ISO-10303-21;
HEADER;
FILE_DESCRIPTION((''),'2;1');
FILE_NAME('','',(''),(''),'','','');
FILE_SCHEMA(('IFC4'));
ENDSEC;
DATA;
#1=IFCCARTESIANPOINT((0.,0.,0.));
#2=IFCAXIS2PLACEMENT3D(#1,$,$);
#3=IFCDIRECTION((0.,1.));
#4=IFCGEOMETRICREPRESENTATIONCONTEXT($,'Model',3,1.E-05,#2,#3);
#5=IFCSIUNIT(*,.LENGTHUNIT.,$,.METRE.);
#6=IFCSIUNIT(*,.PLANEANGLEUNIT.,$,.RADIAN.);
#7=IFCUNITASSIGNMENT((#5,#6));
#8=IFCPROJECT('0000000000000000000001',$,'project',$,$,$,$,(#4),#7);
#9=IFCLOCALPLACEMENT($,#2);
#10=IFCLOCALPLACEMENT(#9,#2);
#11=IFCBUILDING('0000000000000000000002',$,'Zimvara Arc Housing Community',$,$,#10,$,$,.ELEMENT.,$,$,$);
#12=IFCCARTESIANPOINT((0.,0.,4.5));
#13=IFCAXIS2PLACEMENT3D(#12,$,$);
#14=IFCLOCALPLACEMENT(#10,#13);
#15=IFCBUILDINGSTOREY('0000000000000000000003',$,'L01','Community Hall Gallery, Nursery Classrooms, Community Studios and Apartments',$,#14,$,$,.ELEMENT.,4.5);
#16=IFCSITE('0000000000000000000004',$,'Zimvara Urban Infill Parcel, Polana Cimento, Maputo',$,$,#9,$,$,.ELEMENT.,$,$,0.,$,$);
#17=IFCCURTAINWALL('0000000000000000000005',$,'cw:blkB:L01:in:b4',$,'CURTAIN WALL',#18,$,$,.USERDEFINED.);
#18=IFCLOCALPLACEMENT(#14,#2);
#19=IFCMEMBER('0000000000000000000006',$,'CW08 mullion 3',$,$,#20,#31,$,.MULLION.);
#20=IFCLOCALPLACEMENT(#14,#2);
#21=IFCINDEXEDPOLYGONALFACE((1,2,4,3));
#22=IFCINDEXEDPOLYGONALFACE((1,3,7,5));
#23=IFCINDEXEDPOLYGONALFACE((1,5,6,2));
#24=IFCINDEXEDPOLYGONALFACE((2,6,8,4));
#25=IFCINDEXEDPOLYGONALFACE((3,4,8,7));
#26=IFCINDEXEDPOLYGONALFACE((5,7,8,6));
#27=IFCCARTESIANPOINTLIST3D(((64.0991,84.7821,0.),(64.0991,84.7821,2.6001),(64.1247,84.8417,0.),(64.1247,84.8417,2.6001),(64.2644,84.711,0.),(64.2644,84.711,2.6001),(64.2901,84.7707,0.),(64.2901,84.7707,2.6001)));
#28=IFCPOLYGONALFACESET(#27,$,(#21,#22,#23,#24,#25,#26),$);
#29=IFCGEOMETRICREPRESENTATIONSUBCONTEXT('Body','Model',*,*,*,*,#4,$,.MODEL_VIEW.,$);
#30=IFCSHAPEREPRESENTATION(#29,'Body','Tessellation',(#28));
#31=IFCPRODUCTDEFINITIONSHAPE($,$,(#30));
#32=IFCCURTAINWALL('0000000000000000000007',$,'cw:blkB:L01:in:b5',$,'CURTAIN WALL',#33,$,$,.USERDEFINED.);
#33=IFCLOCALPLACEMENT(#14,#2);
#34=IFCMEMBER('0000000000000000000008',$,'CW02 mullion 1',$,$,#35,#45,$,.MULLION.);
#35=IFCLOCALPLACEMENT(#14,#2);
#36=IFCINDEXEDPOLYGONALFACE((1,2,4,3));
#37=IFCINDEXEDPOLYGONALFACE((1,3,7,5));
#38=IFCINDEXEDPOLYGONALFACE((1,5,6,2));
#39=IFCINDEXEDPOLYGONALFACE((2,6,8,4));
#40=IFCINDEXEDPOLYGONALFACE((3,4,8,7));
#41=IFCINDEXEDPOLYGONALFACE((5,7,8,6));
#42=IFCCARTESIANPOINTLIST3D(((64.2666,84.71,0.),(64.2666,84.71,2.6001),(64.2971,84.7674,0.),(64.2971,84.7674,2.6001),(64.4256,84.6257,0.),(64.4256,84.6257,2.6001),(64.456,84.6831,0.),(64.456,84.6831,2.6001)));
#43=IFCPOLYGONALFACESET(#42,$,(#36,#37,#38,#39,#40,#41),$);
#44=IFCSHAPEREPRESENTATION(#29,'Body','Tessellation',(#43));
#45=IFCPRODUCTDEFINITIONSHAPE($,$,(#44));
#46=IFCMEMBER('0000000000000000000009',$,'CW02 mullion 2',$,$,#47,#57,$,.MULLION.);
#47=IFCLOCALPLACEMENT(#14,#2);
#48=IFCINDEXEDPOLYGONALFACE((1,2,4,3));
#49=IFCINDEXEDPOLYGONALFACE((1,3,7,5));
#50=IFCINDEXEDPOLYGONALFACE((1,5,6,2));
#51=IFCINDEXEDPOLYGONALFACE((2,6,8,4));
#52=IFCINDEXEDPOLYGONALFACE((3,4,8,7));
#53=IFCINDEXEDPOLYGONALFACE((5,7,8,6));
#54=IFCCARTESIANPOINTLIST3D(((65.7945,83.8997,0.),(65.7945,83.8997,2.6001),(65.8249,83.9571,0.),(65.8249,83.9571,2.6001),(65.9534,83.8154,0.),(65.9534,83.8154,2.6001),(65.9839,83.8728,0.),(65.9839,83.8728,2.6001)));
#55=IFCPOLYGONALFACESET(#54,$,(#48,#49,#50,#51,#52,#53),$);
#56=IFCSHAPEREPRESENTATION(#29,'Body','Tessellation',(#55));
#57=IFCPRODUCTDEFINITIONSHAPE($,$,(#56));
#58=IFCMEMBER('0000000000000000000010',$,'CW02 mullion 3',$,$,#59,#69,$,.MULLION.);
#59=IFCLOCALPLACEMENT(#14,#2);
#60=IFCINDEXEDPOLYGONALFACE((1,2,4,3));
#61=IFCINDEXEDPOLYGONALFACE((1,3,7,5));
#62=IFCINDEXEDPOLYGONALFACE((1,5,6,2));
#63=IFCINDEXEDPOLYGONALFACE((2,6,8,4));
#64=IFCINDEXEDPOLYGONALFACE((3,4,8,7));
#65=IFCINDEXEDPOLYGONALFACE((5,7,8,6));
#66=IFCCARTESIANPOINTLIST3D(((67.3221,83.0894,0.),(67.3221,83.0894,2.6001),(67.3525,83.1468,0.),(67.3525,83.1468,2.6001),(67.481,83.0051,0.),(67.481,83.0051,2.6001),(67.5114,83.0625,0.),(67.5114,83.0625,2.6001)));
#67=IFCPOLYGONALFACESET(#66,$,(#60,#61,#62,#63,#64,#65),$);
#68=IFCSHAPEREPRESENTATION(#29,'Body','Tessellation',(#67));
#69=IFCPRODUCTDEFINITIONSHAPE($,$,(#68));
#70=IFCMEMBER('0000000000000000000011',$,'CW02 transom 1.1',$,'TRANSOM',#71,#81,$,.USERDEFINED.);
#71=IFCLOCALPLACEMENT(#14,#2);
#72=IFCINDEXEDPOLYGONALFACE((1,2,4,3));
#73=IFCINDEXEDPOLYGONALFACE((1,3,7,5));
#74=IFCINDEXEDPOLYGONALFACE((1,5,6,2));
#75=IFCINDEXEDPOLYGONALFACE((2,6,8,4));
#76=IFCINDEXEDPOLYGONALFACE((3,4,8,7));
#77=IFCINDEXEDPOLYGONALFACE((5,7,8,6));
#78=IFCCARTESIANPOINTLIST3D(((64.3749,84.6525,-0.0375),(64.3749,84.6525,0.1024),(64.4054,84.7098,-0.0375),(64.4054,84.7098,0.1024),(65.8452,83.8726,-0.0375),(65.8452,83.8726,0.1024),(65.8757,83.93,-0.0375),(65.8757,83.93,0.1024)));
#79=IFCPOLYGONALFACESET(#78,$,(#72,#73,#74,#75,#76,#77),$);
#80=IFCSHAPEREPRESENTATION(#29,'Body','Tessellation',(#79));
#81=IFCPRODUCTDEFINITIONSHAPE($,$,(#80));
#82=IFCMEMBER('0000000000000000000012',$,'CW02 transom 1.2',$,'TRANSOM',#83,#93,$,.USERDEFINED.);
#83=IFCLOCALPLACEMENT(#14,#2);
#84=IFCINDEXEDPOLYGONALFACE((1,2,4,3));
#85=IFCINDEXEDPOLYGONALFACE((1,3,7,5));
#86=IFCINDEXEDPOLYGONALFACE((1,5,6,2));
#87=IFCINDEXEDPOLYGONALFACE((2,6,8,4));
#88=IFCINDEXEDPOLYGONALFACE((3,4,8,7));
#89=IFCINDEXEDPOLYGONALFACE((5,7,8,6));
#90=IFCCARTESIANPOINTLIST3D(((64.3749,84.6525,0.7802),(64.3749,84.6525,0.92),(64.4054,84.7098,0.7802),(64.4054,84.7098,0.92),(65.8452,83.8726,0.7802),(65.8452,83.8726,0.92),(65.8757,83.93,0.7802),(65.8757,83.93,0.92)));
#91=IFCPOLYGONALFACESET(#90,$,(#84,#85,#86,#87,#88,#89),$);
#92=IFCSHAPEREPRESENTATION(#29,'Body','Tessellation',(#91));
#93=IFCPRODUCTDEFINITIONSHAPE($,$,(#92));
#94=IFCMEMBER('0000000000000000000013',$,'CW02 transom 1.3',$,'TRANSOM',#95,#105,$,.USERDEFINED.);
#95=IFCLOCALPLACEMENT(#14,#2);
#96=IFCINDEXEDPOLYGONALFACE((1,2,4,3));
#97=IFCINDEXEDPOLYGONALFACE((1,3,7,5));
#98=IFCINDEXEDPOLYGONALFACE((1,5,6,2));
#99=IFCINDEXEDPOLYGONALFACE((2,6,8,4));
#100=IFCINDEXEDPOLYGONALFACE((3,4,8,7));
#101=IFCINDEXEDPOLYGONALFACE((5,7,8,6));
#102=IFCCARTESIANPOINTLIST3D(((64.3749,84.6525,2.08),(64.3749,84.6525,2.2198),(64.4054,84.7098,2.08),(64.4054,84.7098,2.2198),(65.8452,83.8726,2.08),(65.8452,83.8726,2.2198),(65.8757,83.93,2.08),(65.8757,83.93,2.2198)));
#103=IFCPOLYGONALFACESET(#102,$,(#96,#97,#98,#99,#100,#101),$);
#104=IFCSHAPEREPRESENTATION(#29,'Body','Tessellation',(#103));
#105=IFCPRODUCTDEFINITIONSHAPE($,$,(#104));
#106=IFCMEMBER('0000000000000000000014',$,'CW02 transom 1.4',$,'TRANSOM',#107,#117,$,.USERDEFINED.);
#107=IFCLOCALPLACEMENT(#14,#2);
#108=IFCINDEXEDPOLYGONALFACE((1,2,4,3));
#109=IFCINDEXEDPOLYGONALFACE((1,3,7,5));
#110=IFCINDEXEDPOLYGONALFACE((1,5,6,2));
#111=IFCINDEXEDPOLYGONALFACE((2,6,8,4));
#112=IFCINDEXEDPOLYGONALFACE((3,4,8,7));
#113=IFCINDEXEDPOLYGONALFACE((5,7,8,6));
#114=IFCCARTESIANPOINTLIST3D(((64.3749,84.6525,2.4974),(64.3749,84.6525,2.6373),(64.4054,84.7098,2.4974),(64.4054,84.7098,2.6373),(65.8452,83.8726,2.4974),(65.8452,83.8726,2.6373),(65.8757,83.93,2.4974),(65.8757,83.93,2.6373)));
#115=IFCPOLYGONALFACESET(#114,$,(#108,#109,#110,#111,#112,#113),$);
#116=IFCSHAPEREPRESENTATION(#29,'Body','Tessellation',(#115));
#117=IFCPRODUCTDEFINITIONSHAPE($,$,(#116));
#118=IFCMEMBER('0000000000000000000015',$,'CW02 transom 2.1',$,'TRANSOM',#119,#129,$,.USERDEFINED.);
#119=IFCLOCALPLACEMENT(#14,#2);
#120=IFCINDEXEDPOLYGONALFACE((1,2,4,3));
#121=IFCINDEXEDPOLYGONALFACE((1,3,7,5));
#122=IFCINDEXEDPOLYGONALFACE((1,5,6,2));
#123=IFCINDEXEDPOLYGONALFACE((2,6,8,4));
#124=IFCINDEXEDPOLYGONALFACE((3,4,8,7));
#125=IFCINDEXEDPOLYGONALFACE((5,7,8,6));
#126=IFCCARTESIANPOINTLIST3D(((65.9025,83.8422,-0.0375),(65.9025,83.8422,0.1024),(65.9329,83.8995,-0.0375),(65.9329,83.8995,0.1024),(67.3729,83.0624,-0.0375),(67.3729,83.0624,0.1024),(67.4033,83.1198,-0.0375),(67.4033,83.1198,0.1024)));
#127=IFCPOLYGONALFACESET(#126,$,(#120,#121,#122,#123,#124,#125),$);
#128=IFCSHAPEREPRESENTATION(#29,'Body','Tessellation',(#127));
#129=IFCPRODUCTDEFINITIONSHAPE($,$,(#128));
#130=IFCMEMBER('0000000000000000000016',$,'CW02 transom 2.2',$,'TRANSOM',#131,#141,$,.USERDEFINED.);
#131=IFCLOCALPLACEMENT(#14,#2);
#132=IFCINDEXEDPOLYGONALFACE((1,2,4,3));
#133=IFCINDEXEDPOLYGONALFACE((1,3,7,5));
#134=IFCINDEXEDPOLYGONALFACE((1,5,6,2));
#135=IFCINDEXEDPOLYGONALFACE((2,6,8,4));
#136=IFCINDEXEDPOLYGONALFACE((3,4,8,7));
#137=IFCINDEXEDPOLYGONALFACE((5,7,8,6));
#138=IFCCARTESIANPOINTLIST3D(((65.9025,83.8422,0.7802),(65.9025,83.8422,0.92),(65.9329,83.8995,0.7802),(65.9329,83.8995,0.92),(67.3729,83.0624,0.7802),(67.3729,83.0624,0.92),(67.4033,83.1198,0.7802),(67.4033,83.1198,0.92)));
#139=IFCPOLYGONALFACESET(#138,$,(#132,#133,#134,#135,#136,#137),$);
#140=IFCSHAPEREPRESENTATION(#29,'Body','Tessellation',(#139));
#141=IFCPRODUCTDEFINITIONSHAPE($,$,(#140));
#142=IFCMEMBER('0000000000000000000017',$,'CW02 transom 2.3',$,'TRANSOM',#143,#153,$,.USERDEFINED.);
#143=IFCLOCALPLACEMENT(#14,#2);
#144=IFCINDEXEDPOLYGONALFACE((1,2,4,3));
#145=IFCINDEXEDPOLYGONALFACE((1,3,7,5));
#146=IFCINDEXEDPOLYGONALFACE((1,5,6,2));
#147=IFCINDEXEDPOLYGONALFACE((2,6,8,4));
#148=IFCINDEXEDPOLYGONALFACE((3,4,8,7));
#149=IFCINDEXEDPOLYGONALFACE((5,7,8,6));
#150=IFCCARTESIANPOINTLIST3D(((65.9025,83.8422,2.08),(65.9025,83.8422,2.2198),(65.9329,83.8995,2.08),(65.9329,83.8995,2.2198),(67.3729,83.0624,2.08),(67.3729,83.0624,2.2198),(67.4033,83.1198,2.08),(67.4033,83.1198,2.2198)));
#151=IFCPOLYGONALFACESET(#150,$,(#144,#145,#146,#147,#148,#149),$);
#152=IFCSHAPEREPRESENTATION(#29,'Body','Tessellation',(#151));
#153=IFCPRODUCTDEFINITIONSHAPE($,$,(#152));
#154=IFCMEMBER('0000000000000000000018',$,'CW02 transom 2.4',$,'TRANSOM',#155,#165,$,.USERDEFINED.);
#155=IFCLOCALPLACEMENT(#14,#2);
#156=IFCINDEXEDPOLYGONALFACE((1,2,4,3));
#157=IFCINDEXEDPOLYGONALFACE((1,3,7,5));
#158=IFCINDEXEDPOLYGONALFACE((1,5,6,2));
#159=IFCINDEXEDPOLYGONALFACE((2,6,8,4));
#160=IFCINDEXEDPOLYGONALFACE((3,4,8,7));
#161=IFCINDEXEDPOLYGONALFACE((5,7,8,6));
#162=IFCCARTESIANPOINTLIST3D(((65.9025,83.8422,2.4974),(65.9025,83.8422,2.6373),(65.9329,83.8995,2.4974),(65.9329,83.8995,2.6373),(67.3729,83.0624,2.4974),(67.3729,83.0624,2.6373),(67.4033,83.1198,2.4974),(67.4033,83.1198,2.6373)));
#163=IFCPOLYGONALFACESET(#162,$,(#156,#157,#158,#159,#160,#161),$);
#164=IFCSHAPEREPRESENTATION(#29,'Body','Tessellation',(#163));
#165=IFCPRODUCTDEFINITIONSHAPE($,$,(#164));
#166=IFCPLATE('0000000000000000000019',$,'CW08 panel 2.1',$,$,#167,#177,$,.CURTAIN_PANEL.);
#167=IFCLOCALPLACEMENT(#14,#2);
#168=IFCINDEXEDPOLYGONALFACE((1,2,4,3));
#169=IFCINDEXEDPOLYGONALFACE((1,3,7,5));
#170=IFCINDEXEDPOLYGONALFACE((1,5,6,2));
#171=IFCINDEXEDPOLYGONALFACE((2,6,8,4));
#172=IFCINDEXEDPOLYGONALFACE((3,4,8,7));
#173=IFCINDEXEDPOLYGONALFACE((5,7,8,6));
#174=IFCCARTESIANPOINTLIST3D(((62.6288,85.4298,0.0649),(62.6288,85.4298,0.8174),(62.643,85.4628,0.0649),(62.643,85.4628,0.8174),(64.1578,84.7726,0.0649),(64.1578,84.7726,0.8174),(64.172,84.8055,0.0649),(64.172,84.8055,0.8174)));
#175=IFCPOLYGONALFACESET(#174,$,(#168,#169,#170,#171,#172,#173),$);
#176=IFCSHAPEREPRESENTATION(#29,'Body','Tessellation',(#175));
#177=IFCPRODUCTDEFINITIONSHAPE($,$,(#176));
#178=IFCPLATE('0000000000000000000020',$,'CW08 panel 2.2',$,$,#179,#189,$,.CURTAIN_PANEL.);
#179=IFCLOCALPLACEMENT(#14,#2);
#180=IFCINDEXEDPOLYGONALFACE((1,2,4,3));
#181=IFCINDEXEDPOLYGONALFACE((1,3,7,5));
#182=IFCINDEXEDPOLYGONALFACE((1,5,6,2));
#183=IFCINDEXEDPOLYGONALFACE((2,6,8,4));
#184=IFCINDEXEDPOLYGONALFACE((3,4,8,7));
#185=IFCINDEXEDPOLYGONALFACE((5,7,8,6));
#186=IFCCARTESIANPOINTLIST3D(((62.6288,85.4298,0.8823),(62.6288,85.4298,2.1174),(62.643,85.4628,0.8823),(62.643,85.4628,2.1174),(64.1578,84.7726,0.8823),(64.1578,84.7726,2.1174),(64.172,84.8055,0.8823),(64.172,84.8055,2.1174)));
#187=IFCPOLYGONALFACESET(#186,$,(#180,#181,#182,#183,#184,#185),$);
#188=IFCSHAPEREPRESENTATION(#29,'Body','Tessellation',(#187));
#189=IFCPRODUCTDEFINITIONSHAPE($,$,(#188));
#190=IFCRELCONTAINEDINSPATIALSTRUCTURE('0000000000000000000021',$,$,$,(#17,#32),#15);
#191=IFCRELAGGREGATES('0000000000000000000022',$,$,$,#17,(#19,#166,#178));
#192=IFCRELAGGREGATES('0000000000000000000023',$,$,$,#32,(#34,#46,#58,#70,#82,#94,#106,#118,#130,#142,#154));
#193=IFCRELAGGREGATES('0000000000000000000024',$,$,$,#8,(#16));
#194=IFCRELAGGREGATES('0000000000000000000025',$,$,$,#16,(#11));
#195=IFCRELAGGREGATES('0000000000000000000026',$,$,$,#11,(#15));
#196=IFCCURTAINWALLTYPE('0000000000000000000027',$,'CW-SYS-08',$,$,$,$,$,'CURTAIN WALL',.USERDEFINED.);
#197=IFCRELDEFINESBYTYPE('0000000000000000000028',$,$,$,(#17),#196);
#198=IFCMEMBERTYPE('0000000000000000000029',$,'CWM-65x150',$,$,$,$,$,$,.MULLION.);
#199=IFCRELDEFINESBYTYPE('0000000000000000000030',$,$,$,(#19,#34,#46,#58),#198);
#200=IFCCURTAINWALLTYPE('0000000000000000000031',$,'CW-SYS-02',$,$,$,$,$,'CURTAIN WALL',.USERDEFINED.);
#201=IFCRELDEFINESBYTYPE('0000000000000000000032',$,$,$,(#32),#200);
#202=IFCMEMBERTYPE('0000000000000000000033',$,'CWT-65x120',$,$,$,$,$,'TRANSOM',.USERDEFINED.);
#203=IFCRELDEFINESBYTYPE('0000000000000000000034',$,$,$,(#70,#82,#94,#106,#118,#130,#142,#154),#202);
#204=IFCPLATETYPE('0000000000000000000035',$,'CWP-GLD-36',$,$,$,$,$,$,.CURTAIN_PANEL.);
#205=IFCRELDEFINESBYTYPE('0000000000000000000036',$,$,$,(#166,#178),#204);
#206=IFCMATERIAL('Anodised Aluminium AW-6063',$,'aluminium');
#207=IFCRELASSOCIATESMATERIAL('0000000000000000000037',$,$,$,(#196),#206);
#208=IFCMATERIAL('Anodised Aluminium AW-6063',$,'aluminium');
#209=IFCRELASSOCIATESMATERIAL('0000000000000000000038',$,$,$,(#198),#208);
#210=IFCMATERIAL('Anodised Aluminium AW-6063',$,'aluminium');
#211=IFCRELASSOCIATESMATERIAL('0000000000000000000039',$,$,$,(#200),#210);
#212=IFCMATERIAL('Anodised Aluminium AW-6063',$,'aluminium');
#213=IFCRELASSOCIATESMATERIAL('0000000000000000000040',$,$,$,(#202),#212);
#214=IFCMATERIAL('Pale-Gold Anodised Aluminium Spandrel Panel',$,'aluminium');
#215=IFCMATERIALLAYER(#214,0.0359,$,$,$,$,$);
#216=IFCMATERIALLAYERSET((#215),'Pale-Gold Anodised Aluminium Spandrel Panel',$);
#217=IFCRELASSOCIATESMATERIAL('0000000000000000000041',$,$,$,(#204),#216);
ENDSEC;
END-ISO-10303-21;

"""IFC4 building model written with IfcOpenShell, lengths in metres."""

from ifc_helpers import new_model, si_unit, direction, frame, origin, origin_2d, place, context, subcontext, project, spatial, rectangle, extrude, material, layer, layer_set, material_profile, profile_set, type_object, element, aggregate, save


model = new_model("IFC4")

# Units and contexts
model_context = context("Model", 3, precision=1e-05, world=origin(), true_north=direction((0.0, 1.0)))
body_context = subcontext(model_context, "Body", "Model", "MODEL_VIEW")
ifc_project = project(units=[si_unit("LENGTHUNIT", "METRE"), si_unit("PLANEANGLEUNIT", "RADIAN")], contexts=[model_context])

# Site, building, storey
site_placement = place(None, origin())
site = spatial("IfcSite", under=ifc_project, at=site_placement, Name="Zimvara Urban Infill Parcel, Polana Cimento, Maputo", CompositionType="ELEMENT", RefElevation=0.0)
building_placement = place(site_placement, origin())
building = spatial("IfcBuilding", under=site, at=building_placement, Name="Zimvara Arc Housing Community", CompositionType="ELEMENT")
storey_placement = place(building_placement, frame((0.0, 0.0, 4.5)))
storey = spatial("IfcBuildingStorey", under=building, at=storey_placement, Name="L01", Description="Community Hall Gallery, Nursery Classrooms, Community Studios and Apartments", CompositionType="ELEMENT", Elevation=4.5)

# Curtain wall, member
ifc_material_1 = material(Name="Anodised Aluminium AW-6063", Category="aluminium")
curtain_wall_type_1 = type_object("IfcCurtainWallType", Name="CW-SYS-08", ElementType="CURTAIN WALL", PredefinedType="USERDEFINED", material=ifc_material_1)
curtain_wall_1_placement = place(storey_placement, origin())
curtain_wall_1 = element("IfcCurtainWall", 1, at=curtain_wall_1_placement, inside=storey, type_object=curtain_wall_type_1, Name="cw:blkB:L01:in:b4", ObjectType="CURTAIN WALL", PredefinedType="USERDEFINED")
ifc_material_2 = material(Name="Anodised Aluminium AW-6063", Category="aluminium")
ifc_material_profile_1 = material_profile(ifc_material_2, rectangle(XDim=0.0649, YDim=0.1799, at=origin_2d()), Name="ALU 65x180")
ifc_profile_set_1 = profile_set([ifc_material_profile_1], Name="Anodised Aluminium AW-6063")
member_type_1 = type_object("IfcMemberType", Name="CWM-65x150", PredefinedType="MULLION", material=ifc_profile_set_1)
member_1_placement = place(storey_placement, frame((64.1946, 84.7764, 0.0), z_axis=(0.0, 0.0, 1.0), x_axis=(0.394904, 0.918722, 0.0)))
member_1 = element("IfcMember", 2, at=member_1_placement, type_object=member_type_1, Name="CW08 mullion 3", PredefinedType="MULLION", context=body_context, shape_type="SweptSolid", body=[
    extrude(rectangle(XDim=0.0649, YDim=0.1799, at=origin_2d()), origin(), (0.0, 0.0, 1.0), 2.6001),
])

# Curtain wall, members
ifc_material_3 = material(Name="Anodised Aluminium AW-6063", Category="aluminium")
curtain_wall_type_2 = type_object("IfcCurtainWallType", Name="CW-SYS-02", ElementType="CURTAIN WALL", PredefinedType="USERDEFINED", material=ifc_material_3)
curtain_wall_2_placement = place(storey_placement, origin())
curtain_wall_2 = element("IfcCurtainWall", 3, at=curtain_wall_2_placement, inside=storey, type_object=curtain_wall_type_2, Name="cw:blkB:L01:in:b5", ObjectType="CURTAIN WALL", PredefinedType="USERDEFINED")
member_2_placement = place(storey_placement, frame((64.3613, 84.6965, 0.0), z_axis=(0.0, 0.0, 1.0), x_axis=(0.468545, 0.88344, 0.0)))
member_2 = element("IfcMember", 4, at=member_2_placement, type_object=member_type_1, Name="CW02 mullion 1", PredefinedType="MULLION", context=body_context, shape_type="SweptSolid", body=[
    extrude(rectangle(XDim=0.0649, YDim=0.1799, at=origin_2d()), origin(), (0.0, 0.0, 1.0), 2.6001),
])
member_3_placement = place(storey_placement, frame((65.8892, 83.8862, 0.0), z_axis=(0.0, 0.0, 1.0), x_axis=(0.468545, 0.88344, 0.0)))
member_3 = element("IfcMember", 5, at=member_3_placement, type_object=member_type_1, Name="CW02 mullion 2", PredefinedType="MULLION", context=body_context, shape_type="SweptSolid", body=[
    extrude(rectangle(XDim=0.0649, YDim=0.1799, at=origin_2d()), origin(), (0.0, 0.0, 1.0), 2.6001),
])
member_4_placement = place(storey_placement, frame((67.4167, 83.0759, 0.0), z_axis=(0.0, 0.0, 1.0), x_axis=(0.468545, 0.88344, 0.0)))
member_4 = element("IfcMember", 6, at=member_4_placement, type_object=member_type_1, Name="CW02 mullion 3", PredefinedType="MULLION", context=body_context, shape_type="SweptSolid", body=[
    extrude(rectangle(XDim=0.0649, YDim=0.1799, at=origin_2d()), origin(), (0.0, 0.0, 1.0), 2.6001),
])
ifc_material_4 = material(Name="Anodised Aluminium AW-6063", Category="aluminium")
ifc_material_profile_2 = material_profile(ifc_material_4, rectangle(XDim=0.0649, YDim=0.1399, at=origin_2d()), Name="ALU 65x140")
ifc_profile_set_2 = profile_set([ifc_material_profile_2], Name="Anodised Aluminium AW-6063")
member_type_2 = type_object("IfcMemberType", Name="CWT-65x120", ElementType="TRANSOM", PredefinedType="USERDEFINED", material=ifc_profile_set_2)
member_5_placement = place(storey_placement, frame((64.3901, 84.6812, 0.0325), z_axis=(0.883431, -0.468562, 0.0), x_axis=(0.468562, 0.883431, 0.0)))
member_5 = element("IfcMember", 7, at=member_5_placement, type_object=member_type_2, Name="CW02 transom 1.1", ObjectType="TRANSOM", PredefinedType="USERDEFINED", context=body_context, shape_type="SweptSolid", body=[
    extrude(rectangle(XDim=0.0649, YDim=0.1399, at=origin_2d()), origin(), (0.0, 0.0, 1.0), 1.6643),
])
member_6_placement = place(storey_placement, frame((64.3901, 84.6812, 0.8501), z_axis=(0.883431, -0.468562, 0.0), x_axis=(0.468562, 0.883431, 0.0)))
member_6 = element("IfcMember", 8, at=member_6_placement, type_object=member_type_2, Name="CW02 transom 1.2", ObjectType="TRANSOM", PredefinedType="USERDEFINED", context=body_context, shape_type="SweptSolid", body=[
    extrude(rectangle(XDim=0.0649, YDim=0.1399, at=origin_2d()), origin(), (0.0, 0.0, 1.0), 1.6643),
])
member_7_placement = place(storey_placement, frame((64.3901, 84.6812, 2.1499), z_axis=(0.883431, -0.468562, 0.0), x_axis=(0.468562, 0.883431, 0.0)))
member_7 = element("IfcMember", 9, at=member_7_placement, type_object=member_type_2, Name="CW02 transom 1.3", ObjectType="TRANSOM", PredefinedType="USERDEFINED", context=body_context, shape_type="SweptSolid", body=[
    extrude(rectangle(XDim=0.0649, YDim=0.1399, at=origin_2d()), origin(), (0.0, 0.0, 1.0), 1.6643),
])
member_8_placement = place(storey_placement, frame((64.3901, 84.6812, 2.5674), z_axis=(0.883431, -0.468562, 0.0), x_axis=(0.468562, 0.883431, 0.0)))
member_8 = element("IfcMember", 10, at=member_8_placement, type_object=member_type_2, Name="CW02 transom 1.4", ObjectType="TRANSOM", PredefinedType="USERDEFINED", context=body_context, shape_type="SweptSolid", body=[
    extrude(rectangle(XDim=0.0649, YDim=0.1399, at=origin_2d()), origin(), (0.0, 0.0, 1.0), 1.6643),
])
member_9_placement = place(storey_placement, frame((65.9177, 83.8708, 0.0325), z_axis=(0.883463, -0.468501, 0.0), x_axis=(0.468501, 0.883463, 0.0)))
member_9 = element("IfcMember", 11, at=member_9_placement, type_object=member_type_2, Name="CW02 transom 2.1", ObjectType="TRANSOM", PredefinedType="USERDEFINED", context=body_context, shape_type="SweptSolid", body=[
    extrude(rectangle(XDim=0.0649, YDim=0.1399, at=origin_2d()), origin(), (0.0, 0.0, 1.0), 1.6643),
])
member_10_placement = place(storey_placement, frame((65.9177, 83.8708, 0.8501), z_axis=(0.883463, -0.468501, 0.0), x_axis=(0.468501, 0.883463, 0.0)))
member_10 = element("IfcMember", 12, at=member_10_placement, type_object=member_type_2, Name="CW02 transom 2.2", ObjectType="TRANSOM", PredefinedType="USERDEFINED", context=body_context, shape_type="SweptSolid", body=[
    extrude(rectangle(XDim=0.0649, YDim=0.1399, at=origin_2d()), origin(), (0.0, 0.0, 1.0), 1.6643),
])
member_11_placement = place(storey_placement, frame((65.9177, 83.8708, 2.1499), z_axis=(0.883463, -0.468501, 0.0), x_axis=(0.468501, 0.883463, 0.0)))
member_11 = element("IfcMember", 13, at=member_11_placement, type_object=member_type_2, Name="CW02 transom 2.3", ObjectType="TRANSOM", PredefinedType="USERDEFINED", context=body_context, shape_type="SweptSolid", body=[
    extrude(rectangle(XDim=0.0649, YDim=0.1399, at=origin_2d()), origin(), (0.0, 0.0, 1.0), 1.6643),
])
member_12_placement = place(storey_placement, frame((65.9177, 83.8708, 2.5674), z_axis=(0.883463, -0.468501, 0.0), x_axis=(0.468501, 0.883463, 0.0)))
member_12 = element("IfcMember", 14, at=member_12_placement, type_object=member_type_2, Name="CW02 transom 2.4", ObjectType="TRANSOM", PredefinedType="USERDEFINED", context=body_context, shape_type="SweptSolid", body=[
    extrude(rectangle(XDim=0.0649, YDim=0.1399, at=origin_2d()), origin(), (0.0, 0.0, 1.0), 1.6643),
])

# Plates
ifc_material_5 = material(Name="Pale-Gold Anodised Aluminium Spandrel Panel", Category="aluminium")
ifc_layer_1 = layer(ifc_material_5, 0.0359)
ifc_layer_set_1 = layer_set([ifc_layer_1], Name="Pale-Gold Anodised Aluminium Spandrel Panel")
plate_type_1 = type_object("IfcPlateType", Name="CWP-GLD-36", PredefinedType="CURTAIN_PANEL", material=ifc_layer_set_1)
plate_1_placement = place(storey_placement, frame((63.4004, 85.1177, 0.0649), z_axis=(0.0, 0.0, 1.0), x_axis=(0.918722, -0.394904, 0.0)))
plate_1 = element("IfcPlate", 15, at=plate_1_placement, type_object=plate_type_1, Name="CW08 panel 2.1", PredefinedType="CURTAIN_PANEL", context=body_context, shape_type="SweptSolid", body=[
    extrude(rectangle(XDim=1.6643, YDim=0.0359, at=origin_2d()), origin(), (0.0, 0.0, 1.0), 0.7524),
])
plate_2_placement = place(storey_placement, frame((63.4004, 85.1177, 0.8823), z_axis=(0.0, 0.0, 1.0), x_axis=(0.918722, -0.394904, 0.0)))
plate_2 = element("IfcPlate", 16, at=plate_2_placement, type_object=plate_type_1, Name="CW08 panel 2.2", PredefinedType="CURTAIN_PANEL", context=body_context, shape_type="SweptSolid", body=[
    extrude(rectangle(XDim=1.6643, YDim=0.0359, at=origin_2d()), origin(), (0.0, 0.0, 1.0), 1.2351),
])
aggregate(curtain_wall_1, [member_1, plate_1, plate_2])
aggregate(curtain_wall_2, [member_2, member_3, member_4, member_5, member_6, member_7, member_8, member_9, member_10, member_11, member_12])

save(model, "model.ifc")
